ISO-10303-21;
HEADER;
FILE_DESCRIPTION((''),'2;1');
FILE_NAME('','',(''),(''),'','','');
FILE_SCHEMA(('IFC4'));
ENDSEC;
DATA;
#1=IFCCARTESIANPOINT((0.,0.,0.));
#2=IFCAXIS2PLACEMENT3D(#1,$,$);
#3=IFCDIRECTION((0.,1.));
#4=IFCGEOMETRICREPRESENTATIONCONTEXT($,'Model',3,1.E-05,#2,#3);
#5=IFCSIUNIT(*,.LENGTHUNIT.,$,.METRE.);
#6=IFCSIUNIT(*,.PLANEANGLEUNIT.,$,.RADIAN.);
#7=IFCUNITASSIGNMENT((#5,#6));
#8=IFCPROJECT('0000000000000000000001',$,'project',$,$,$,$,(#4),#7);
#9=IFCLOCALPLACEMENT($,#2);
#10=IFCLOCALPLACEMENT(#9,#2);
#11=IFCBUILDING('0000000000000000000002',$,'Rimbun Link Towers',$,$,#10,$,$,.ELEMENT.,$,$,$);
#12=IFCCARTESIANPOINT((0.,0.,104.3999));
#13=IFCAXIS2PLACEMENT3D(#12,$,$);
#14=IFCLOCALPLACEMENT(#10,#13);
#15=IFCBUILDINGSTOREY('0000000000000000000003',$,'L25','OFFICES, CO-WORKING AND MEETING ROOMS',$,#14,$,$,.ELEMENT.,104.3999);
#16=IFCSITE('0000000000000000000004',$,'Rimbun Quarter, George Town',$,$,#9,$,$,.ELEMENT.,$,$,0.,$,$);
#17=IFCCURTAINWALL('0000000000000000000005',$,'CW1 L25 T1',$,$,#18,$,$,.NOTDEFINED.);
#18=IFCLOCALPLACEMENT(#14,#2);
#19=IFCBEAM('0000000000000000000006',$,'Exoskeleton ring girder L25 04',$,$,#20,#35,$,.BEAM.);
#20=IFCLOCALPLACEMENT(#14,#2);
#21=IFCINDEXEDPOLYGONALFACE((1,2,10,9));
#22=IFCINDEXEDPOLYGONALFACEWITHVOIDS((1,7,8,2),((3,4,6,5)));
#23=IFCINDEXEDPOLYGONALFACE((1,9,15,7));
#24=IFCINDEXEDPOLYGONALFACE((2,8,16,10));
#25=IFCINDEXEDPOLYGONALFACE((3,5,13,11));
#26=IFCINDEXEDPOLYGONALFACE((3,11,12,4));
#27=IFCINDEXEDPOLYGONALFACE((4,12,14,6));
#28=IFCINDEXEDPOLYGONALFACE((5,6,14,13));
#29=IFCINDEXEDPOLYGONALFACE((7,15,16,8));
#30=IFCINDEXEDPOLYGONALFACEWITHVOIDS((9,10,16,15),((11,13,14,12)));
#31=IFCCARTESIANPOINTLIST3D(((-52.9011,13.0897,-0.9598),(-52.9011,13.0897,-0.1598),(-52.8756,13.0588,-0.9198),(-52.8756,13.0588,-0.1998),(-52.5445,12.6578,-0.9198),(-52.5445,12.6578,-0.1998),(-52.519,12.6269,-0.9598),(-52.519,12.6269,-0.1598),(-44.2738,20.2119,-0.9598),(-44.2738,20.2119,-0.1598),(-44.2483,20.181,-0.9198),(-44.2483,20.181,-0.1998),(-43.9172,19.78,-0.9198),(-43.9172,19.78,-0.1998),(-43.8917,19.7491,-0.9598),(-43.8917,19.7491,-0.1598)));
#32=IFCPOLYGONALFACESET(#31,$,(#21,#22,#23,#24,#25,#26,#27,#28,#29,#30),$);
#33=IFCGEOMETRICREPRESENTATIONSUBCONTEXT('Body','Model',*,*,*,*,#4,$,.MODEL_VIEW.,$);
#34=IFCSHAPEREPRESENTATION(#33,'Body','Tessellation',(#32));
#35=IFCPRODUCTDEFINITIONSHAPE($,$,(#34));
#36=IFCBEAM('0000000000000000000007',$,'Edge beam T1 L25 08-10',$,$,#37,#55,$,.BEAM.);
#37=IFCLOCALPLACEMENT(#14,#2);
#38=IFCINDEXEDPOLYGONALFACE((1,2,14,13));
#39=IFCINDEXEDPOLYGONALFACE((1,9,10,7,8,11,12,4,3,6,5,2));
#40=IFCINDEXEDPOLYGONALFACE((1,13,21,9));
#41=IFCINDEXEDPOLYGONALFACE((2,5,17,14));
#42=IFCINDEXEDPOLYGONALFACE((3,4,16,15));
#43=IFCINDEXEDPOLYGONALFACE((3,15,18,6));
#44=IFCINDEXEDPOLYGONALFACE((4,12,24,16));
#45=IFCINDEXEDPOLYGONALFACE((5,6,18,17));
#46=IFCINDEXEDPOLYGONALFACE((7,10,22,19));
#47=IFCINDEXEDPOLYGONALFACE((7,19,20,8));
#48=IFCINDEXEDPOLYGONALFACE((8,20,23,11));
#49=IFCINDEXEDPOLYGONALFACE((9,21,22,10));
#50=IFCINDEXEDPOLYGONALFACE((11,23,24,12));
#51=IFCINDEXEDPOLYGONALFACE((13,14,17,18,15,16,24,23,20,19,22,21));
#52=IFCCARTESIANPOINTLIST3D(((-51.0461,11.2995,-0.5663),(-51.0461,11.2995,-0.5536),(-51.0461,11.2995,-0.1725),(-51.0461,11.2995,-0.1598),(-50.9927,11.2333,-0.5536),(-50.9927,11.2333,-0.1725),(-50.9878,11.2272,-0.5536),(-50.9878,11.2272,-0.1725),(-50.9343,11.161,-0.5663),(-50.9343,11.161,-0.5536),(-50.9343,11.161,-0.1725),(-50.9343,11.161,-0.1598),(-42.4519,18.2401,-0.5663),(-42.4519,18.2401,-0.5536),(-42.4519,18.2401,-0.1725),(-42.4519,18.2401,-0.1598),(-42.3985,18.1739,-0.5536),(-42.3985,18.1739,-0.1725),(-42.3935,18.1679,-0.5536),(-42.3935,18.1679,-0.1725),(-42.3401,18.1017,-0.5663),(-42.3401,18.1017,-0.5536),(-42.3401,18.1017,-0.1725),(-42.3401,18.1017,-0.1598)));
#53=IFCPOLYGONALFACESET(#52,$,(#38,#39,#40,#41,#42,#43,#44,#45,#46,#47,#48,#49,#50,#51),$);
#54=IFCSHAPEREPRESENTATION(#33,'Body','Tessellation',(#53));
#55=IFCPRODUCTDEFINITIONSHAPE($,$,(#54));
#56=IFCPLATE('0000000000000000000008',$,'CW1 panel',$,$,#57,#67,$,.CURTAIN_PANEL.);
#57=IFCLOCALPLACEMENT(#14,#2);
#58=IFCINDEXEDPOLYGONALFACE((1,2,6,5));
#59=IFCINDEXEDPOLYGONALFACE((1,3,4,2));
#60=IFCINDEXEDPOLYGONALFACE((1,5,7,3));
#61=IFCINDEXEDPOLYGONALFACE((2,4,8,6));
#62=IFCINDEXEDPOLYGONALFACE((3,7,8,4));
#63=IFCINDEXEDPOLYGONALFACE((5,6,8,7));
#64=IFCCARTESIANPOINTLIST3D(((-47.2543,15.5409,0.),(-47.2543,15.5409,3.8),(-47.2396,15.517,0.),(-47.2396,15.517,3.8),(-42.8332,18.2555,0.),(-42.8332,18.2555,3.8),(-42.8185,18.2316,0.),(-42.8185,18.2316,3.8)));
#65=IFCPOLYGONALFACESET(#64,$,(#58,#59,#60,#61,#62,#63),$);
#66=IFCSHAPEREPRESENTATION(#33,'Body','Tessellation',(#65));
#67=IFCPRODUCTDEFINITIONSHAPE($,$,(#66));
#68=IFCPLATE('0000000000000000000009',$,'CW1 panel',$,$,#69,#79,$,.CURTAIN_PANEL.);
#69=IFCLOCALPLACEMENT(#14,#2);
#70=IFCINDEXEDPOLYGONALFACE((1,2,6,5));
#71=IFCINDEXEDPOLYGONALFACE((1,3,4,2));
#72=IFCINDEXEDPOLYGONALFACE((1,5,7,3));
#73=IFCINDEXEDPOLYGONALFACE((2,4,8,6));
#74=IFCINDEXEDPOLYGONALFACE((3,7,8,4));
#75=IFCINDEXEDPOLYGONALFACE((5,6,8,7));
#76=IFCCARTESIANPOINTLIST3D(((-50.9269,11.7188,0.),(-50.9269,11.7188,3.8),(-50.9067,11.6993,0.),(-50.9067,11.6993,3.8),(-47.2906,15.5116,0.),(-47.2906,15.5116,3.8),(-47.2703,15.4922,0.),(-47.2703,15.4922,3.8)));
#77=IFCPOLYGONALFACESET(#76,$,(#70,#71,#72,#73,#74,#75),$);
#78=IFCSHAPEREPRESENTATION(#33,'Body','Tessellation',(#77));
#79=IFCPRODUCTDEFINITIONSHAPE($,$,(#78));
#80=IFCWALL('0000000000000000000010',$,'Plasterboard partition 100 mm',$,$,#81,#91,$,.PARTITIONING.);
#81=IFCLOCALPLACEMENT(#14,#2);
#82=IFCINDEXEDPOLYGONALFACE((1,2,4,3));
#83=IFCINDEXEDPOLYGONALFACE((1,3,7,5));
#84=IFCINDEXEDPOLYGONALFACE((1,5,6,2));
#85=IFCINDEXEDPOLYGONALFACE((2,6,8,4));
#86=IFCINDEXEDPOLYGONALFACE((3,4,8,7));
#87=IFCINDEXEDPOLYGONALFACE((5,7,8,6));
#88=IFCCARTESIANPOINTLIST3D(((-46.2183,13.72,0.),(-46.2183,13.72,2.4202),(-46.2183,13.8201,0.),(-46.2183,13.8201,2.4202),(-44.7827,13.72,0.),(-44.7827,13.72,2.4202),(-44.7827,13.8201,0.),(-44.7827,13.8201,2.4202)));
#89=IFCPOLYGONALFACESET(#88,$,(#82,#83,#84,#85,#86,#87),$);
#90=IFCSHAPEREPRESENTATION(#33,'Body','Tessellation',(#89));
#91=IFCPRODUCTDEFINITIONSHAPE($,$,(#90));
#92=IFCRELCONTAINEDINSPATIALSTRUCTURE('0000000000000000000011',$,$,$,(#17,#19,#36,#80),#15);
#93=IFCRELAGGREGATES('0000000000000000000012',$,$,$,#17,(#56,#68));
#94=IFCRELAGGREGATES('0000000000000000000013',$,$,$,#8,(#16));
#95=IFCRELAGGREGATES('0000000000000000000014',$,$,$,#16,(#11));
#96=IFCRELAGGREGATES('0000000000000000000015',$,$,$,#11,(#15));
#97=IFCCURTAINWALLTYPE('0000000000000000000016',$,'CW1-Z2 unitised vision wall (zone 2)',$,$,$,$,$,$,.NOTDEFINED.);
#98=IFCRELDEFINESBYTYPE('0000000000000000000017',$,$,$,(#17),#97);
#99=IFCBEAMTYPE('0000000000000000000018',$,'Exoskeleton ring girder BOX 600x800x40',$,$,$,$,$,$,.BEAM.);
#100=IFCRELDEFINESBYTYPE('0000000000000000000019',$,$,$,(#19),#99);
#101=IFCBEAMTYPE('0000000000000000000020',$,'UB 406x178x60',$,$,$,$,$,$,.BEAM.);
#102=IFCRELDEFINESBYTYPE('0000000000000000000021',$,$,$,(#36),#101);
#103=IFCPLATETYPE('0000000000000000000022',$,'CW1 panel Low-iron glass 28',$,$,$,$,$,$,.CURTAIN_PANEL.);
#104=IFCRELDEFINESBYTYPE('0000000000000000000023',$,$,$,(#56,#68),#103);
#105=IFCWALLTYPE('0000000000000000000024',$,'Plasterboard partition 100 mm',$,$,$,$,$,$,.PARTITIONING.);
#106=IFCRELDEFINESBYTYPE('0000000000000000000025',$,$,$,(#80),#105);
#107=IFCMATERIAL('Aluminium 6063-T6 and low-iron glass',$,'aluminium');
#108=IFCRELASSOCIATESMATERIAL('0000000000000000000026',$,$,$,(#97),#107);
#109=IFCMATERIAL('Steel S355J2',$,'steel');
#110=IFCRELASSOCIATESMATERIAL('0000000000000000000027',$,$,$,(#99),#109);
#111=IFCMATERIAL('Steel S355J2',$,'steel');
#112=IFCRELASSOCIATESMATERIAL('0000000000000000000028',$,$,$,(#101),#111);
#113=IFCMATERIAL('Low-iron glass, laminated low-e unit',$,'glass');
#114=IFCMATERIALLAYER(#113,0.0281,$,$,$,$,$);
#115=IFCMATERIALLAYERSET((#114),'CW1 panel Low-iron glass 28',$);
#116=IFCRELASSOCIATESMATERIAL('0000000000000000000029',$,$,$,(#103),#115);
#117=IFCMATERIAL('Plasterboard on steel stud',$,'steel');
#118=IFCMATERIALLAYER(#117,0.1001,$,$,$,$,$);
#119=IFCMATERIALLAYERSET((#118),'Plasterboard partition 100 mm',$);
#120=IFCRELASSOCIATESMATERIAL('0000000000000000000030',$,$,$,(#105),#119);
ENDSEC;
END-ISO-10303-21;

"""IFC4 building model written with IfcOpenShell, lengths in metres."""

from ifc_helpers import new_model, si_unit, direction, frame, frame_2d, origin, origin_2d, place, context, subcontext, project, spatial, rectangle, hollow_rectangle, i_section, extrude, material, layer, layer_set, material_profile, profile_set, type_object, element, aggregate, save


model = new_model("IFC4")

# Units and contexts
model_context = context("Model", 3, precision=1e-05, world=origin(), true_north=direction((0.0, 1.0)))
body_context = subcontext(model_context, "Body", "Model", "MODEL_VIEW")
ifc_project = project(units=[si_unit("LENGTHUNIT", "METRE"), si_unit("PLANEANGLEUNIT", "RADIAN")], contexts=[model_context])

# Site, building, storey
site_placement = place(None, origin())
site = spatial("IfcSite", under=ifc_project, at=site_placement, Name="Rimbun Quarter, George Town", CompositionType="ELEMENT", RefElevation=0.0)
building_placement = place(site_placement, origin())
building = spatial("IfcBuilding", under=site, at=building_placement, Name="Rimbun Link Towers", CompositionType="ELEMENT")
storey_placement = place(building_placement, frame((0.0, 0.0, 104.3999)))
storey = spatial("IfcBuildingStorey", under=building, at=storey_placement, Name="L25", Description="OFFICES, CO-WORKING AND MEETING ROOMS", CompositionType="ELEMENT", Elevation=104.3999)

# Curtain wall
ifc_material_1 = material(Name="Aluminium 6063-T6 and low-iron glass", Category="aluminium")
curtain_wall_type = type_object("IfcCurtainWallType", Name="CW1-Z2 unitised vision wall (zone 2)", PredefinedType="NOTDEFINED", material=ifc_material_1)
curtain_wall_placement = place(storey_placement, origin())
curtain_wall = element("IfcCurtainWall", 1, at=curtain_wall_placement, inside=storey, type_object=curtain_wall_type, Name="CW1 L25 T1", PredefinedType="NOTDEFINED")

# Beams
ifc_material_2 = material(Name="Steel S355J2", Category="steel")
ifc_material_profile_1 = material_profile(ifc_material_2, hollow_rectangle(XDim=0.6001, YDim=0.8, WallThickness=0.04, at=origin_2d()), Name="Exoskeleton ring girder BOX 600x800x40")
ifc_profile_set_1 = profile_set([ifc_material_profile_1], Name="Steel S355J2")
beam_type_1 = type_object("IfcBeamType", Name="Exoskeleton ring girder BOX 600x800x40", PredefinedType="BEAM", material=ifc_profile_set_1)
beam_1_placement = place(storey_placement, frame((-44.0828, 19.9805, -0.5598), z_axis=(-0.77117, -0.636629, 0.0), x_axis=(0.636629, -0.77117, 0.0)))
element("IfcBeam", 2, at=beam_1_placement, inside=storey, type_object=beam_type_1, Name="Exoskeleton ring girder L25 04", PredefinedType="BEAM", context=body_context, shape_type="SweptSolid", body=[
    extrude(hollow_rectangle(XDim=0.6001, YDim=0.8, WallThickness=0.04, at=origin_2d()), origin(), (0.0, 0.0, 1.0), 11.1873),
])
ifc_material_3 = material(Name="Steel S355J2", Category="steel")
ifc_material_profile_2 = material_profile(ifc_material_3, i_section(OverallWidth=0.178, OverallDepth=0.4065, WebThickness=0.0078, FlangeThickness=0.0127, at=origin_2d()), Name="UB 406x178x60")
ifc_profile_set_2 = profile_set([ifc_material_profile_2], Name="Steel S355J2")
beam_type_2 = type_object("IfcBeamType", Name="UB 406x178x60", PredefinedType="BEAM", material=ifc_profile_set_2)
beam_2_placement = place(storey_placement, frame((-42.396, 18.1709, -0.363), z_axis=(-0.777978, -0.628292, 0.0), x_axis=(0.628292, -0.777978, 0.0)))
element("IfcBeam", 3, at=beam_2_placement, inside=storey, type_object=beam_type_2, Name="Edge beam T1 L25 08-10", PredefinedType="BEAM", context=body_context, shape_type="SweptSolid", body=[
    extrude(i_section(OverallWidth=0.178, OverallDepth=0.4065, WebThickness=0.0078, FlangeThickness=0.0127, at=origin_2d()), origin(), (0.0, 0.0, 1.0), 11.0469),
])

# Plates
ifc_material_4 = material(Name="Low-iron glass, laminated low-e unit", Category="glass")
ifc_layer_1 = layer(ifc_material_4, 0.0281)
ifc_layer_set_1 = layer_set([ifc_layer_1], Name="CW1 panel Low-iron glass 28")
plate_type = type_object("IfcPlateType", Name="CW1 panel Low-iron glass 28", PredefinedType="CURTAIN_PANEL", material=ifc_layer_set_1)
plate_1_placement = place(storey_placement, frame((-45.0364, 16.8862, 0.0), z_axis=(0.0, 0.0, 1.0), x_axis=(0.852185, 0.523241, 0.0)))
plate_1 = element("IfcPlate", 4, at=plate_1_placement, type_object=plate_type, Name="CW1 panel", PredefinedType="CURTAIN_PANEL", context=body_context, shape_type="SweptSolid", body=[
    extrude(rectangle(XDim=5.188, YDim=0.0281, at=origin_2d()), origin(), (0.0, 0.0, 1.0), 3.8),
])
plate_2_placement = place(storey_placement, frame((-49.0986, 13.6055, 0.0), z_axis=(0.0, 0.0, 1.0), x_axis=(0.692055, 0.721845, 0.0)))
plate_2 = element("IfcPlate", 5, at=plate_2_placement, type_object=plate_type, Name="CW1 panel", PredefinedType="CURTAIN_PANEL", context=body_context, shape_type="SweptSolid", body=[
    extrude(rectangle(XDim=5.2544, YDim=0.0281, at=origin_2d()), origin(), (0.0, 0.0, 1.0), 3.8),
])
aggregate(curtain_wall, [plate_1, plate_2])

# Wall
ifc_material_5 = material(Name="Plasterboard on steel stud", Category="steel")
ifc_layer_2 = layer(ifc_material_5, 0.1001)
ifc_layer_set_2 = layer_set([ifc_layer_2], Name="Plasterboard partition 100 mm")
wall_type = type_object("IfcWallType", Name="Plasterboard partition 100 mm", PredefinedType="PARTITIONING", material=ifc_layer_set_2)
wall_placement = place(storey_placement, frame((-44.7827, 13.77, 0.0), z_axis=(0.0, 0.0, 1.0), x_axis=(-1.0, 0.0, 0.0)))
element("IfcWall", 6, at=wall_placement, inside=storey, type_object=wall_type, Name="Plasterboard partition 100 mm", PredefinedType="PARTITIONING", context=body_context, shape_type="SweptSolid", body=[
    extrude(rectangle(XDim=1.4355, YDim=0.1001, at=frame_2d((0.7178, 0.0))), origin(), (0.0, 0.0, 1.0), 2.4202),
])

save(model, "model.ifc")
